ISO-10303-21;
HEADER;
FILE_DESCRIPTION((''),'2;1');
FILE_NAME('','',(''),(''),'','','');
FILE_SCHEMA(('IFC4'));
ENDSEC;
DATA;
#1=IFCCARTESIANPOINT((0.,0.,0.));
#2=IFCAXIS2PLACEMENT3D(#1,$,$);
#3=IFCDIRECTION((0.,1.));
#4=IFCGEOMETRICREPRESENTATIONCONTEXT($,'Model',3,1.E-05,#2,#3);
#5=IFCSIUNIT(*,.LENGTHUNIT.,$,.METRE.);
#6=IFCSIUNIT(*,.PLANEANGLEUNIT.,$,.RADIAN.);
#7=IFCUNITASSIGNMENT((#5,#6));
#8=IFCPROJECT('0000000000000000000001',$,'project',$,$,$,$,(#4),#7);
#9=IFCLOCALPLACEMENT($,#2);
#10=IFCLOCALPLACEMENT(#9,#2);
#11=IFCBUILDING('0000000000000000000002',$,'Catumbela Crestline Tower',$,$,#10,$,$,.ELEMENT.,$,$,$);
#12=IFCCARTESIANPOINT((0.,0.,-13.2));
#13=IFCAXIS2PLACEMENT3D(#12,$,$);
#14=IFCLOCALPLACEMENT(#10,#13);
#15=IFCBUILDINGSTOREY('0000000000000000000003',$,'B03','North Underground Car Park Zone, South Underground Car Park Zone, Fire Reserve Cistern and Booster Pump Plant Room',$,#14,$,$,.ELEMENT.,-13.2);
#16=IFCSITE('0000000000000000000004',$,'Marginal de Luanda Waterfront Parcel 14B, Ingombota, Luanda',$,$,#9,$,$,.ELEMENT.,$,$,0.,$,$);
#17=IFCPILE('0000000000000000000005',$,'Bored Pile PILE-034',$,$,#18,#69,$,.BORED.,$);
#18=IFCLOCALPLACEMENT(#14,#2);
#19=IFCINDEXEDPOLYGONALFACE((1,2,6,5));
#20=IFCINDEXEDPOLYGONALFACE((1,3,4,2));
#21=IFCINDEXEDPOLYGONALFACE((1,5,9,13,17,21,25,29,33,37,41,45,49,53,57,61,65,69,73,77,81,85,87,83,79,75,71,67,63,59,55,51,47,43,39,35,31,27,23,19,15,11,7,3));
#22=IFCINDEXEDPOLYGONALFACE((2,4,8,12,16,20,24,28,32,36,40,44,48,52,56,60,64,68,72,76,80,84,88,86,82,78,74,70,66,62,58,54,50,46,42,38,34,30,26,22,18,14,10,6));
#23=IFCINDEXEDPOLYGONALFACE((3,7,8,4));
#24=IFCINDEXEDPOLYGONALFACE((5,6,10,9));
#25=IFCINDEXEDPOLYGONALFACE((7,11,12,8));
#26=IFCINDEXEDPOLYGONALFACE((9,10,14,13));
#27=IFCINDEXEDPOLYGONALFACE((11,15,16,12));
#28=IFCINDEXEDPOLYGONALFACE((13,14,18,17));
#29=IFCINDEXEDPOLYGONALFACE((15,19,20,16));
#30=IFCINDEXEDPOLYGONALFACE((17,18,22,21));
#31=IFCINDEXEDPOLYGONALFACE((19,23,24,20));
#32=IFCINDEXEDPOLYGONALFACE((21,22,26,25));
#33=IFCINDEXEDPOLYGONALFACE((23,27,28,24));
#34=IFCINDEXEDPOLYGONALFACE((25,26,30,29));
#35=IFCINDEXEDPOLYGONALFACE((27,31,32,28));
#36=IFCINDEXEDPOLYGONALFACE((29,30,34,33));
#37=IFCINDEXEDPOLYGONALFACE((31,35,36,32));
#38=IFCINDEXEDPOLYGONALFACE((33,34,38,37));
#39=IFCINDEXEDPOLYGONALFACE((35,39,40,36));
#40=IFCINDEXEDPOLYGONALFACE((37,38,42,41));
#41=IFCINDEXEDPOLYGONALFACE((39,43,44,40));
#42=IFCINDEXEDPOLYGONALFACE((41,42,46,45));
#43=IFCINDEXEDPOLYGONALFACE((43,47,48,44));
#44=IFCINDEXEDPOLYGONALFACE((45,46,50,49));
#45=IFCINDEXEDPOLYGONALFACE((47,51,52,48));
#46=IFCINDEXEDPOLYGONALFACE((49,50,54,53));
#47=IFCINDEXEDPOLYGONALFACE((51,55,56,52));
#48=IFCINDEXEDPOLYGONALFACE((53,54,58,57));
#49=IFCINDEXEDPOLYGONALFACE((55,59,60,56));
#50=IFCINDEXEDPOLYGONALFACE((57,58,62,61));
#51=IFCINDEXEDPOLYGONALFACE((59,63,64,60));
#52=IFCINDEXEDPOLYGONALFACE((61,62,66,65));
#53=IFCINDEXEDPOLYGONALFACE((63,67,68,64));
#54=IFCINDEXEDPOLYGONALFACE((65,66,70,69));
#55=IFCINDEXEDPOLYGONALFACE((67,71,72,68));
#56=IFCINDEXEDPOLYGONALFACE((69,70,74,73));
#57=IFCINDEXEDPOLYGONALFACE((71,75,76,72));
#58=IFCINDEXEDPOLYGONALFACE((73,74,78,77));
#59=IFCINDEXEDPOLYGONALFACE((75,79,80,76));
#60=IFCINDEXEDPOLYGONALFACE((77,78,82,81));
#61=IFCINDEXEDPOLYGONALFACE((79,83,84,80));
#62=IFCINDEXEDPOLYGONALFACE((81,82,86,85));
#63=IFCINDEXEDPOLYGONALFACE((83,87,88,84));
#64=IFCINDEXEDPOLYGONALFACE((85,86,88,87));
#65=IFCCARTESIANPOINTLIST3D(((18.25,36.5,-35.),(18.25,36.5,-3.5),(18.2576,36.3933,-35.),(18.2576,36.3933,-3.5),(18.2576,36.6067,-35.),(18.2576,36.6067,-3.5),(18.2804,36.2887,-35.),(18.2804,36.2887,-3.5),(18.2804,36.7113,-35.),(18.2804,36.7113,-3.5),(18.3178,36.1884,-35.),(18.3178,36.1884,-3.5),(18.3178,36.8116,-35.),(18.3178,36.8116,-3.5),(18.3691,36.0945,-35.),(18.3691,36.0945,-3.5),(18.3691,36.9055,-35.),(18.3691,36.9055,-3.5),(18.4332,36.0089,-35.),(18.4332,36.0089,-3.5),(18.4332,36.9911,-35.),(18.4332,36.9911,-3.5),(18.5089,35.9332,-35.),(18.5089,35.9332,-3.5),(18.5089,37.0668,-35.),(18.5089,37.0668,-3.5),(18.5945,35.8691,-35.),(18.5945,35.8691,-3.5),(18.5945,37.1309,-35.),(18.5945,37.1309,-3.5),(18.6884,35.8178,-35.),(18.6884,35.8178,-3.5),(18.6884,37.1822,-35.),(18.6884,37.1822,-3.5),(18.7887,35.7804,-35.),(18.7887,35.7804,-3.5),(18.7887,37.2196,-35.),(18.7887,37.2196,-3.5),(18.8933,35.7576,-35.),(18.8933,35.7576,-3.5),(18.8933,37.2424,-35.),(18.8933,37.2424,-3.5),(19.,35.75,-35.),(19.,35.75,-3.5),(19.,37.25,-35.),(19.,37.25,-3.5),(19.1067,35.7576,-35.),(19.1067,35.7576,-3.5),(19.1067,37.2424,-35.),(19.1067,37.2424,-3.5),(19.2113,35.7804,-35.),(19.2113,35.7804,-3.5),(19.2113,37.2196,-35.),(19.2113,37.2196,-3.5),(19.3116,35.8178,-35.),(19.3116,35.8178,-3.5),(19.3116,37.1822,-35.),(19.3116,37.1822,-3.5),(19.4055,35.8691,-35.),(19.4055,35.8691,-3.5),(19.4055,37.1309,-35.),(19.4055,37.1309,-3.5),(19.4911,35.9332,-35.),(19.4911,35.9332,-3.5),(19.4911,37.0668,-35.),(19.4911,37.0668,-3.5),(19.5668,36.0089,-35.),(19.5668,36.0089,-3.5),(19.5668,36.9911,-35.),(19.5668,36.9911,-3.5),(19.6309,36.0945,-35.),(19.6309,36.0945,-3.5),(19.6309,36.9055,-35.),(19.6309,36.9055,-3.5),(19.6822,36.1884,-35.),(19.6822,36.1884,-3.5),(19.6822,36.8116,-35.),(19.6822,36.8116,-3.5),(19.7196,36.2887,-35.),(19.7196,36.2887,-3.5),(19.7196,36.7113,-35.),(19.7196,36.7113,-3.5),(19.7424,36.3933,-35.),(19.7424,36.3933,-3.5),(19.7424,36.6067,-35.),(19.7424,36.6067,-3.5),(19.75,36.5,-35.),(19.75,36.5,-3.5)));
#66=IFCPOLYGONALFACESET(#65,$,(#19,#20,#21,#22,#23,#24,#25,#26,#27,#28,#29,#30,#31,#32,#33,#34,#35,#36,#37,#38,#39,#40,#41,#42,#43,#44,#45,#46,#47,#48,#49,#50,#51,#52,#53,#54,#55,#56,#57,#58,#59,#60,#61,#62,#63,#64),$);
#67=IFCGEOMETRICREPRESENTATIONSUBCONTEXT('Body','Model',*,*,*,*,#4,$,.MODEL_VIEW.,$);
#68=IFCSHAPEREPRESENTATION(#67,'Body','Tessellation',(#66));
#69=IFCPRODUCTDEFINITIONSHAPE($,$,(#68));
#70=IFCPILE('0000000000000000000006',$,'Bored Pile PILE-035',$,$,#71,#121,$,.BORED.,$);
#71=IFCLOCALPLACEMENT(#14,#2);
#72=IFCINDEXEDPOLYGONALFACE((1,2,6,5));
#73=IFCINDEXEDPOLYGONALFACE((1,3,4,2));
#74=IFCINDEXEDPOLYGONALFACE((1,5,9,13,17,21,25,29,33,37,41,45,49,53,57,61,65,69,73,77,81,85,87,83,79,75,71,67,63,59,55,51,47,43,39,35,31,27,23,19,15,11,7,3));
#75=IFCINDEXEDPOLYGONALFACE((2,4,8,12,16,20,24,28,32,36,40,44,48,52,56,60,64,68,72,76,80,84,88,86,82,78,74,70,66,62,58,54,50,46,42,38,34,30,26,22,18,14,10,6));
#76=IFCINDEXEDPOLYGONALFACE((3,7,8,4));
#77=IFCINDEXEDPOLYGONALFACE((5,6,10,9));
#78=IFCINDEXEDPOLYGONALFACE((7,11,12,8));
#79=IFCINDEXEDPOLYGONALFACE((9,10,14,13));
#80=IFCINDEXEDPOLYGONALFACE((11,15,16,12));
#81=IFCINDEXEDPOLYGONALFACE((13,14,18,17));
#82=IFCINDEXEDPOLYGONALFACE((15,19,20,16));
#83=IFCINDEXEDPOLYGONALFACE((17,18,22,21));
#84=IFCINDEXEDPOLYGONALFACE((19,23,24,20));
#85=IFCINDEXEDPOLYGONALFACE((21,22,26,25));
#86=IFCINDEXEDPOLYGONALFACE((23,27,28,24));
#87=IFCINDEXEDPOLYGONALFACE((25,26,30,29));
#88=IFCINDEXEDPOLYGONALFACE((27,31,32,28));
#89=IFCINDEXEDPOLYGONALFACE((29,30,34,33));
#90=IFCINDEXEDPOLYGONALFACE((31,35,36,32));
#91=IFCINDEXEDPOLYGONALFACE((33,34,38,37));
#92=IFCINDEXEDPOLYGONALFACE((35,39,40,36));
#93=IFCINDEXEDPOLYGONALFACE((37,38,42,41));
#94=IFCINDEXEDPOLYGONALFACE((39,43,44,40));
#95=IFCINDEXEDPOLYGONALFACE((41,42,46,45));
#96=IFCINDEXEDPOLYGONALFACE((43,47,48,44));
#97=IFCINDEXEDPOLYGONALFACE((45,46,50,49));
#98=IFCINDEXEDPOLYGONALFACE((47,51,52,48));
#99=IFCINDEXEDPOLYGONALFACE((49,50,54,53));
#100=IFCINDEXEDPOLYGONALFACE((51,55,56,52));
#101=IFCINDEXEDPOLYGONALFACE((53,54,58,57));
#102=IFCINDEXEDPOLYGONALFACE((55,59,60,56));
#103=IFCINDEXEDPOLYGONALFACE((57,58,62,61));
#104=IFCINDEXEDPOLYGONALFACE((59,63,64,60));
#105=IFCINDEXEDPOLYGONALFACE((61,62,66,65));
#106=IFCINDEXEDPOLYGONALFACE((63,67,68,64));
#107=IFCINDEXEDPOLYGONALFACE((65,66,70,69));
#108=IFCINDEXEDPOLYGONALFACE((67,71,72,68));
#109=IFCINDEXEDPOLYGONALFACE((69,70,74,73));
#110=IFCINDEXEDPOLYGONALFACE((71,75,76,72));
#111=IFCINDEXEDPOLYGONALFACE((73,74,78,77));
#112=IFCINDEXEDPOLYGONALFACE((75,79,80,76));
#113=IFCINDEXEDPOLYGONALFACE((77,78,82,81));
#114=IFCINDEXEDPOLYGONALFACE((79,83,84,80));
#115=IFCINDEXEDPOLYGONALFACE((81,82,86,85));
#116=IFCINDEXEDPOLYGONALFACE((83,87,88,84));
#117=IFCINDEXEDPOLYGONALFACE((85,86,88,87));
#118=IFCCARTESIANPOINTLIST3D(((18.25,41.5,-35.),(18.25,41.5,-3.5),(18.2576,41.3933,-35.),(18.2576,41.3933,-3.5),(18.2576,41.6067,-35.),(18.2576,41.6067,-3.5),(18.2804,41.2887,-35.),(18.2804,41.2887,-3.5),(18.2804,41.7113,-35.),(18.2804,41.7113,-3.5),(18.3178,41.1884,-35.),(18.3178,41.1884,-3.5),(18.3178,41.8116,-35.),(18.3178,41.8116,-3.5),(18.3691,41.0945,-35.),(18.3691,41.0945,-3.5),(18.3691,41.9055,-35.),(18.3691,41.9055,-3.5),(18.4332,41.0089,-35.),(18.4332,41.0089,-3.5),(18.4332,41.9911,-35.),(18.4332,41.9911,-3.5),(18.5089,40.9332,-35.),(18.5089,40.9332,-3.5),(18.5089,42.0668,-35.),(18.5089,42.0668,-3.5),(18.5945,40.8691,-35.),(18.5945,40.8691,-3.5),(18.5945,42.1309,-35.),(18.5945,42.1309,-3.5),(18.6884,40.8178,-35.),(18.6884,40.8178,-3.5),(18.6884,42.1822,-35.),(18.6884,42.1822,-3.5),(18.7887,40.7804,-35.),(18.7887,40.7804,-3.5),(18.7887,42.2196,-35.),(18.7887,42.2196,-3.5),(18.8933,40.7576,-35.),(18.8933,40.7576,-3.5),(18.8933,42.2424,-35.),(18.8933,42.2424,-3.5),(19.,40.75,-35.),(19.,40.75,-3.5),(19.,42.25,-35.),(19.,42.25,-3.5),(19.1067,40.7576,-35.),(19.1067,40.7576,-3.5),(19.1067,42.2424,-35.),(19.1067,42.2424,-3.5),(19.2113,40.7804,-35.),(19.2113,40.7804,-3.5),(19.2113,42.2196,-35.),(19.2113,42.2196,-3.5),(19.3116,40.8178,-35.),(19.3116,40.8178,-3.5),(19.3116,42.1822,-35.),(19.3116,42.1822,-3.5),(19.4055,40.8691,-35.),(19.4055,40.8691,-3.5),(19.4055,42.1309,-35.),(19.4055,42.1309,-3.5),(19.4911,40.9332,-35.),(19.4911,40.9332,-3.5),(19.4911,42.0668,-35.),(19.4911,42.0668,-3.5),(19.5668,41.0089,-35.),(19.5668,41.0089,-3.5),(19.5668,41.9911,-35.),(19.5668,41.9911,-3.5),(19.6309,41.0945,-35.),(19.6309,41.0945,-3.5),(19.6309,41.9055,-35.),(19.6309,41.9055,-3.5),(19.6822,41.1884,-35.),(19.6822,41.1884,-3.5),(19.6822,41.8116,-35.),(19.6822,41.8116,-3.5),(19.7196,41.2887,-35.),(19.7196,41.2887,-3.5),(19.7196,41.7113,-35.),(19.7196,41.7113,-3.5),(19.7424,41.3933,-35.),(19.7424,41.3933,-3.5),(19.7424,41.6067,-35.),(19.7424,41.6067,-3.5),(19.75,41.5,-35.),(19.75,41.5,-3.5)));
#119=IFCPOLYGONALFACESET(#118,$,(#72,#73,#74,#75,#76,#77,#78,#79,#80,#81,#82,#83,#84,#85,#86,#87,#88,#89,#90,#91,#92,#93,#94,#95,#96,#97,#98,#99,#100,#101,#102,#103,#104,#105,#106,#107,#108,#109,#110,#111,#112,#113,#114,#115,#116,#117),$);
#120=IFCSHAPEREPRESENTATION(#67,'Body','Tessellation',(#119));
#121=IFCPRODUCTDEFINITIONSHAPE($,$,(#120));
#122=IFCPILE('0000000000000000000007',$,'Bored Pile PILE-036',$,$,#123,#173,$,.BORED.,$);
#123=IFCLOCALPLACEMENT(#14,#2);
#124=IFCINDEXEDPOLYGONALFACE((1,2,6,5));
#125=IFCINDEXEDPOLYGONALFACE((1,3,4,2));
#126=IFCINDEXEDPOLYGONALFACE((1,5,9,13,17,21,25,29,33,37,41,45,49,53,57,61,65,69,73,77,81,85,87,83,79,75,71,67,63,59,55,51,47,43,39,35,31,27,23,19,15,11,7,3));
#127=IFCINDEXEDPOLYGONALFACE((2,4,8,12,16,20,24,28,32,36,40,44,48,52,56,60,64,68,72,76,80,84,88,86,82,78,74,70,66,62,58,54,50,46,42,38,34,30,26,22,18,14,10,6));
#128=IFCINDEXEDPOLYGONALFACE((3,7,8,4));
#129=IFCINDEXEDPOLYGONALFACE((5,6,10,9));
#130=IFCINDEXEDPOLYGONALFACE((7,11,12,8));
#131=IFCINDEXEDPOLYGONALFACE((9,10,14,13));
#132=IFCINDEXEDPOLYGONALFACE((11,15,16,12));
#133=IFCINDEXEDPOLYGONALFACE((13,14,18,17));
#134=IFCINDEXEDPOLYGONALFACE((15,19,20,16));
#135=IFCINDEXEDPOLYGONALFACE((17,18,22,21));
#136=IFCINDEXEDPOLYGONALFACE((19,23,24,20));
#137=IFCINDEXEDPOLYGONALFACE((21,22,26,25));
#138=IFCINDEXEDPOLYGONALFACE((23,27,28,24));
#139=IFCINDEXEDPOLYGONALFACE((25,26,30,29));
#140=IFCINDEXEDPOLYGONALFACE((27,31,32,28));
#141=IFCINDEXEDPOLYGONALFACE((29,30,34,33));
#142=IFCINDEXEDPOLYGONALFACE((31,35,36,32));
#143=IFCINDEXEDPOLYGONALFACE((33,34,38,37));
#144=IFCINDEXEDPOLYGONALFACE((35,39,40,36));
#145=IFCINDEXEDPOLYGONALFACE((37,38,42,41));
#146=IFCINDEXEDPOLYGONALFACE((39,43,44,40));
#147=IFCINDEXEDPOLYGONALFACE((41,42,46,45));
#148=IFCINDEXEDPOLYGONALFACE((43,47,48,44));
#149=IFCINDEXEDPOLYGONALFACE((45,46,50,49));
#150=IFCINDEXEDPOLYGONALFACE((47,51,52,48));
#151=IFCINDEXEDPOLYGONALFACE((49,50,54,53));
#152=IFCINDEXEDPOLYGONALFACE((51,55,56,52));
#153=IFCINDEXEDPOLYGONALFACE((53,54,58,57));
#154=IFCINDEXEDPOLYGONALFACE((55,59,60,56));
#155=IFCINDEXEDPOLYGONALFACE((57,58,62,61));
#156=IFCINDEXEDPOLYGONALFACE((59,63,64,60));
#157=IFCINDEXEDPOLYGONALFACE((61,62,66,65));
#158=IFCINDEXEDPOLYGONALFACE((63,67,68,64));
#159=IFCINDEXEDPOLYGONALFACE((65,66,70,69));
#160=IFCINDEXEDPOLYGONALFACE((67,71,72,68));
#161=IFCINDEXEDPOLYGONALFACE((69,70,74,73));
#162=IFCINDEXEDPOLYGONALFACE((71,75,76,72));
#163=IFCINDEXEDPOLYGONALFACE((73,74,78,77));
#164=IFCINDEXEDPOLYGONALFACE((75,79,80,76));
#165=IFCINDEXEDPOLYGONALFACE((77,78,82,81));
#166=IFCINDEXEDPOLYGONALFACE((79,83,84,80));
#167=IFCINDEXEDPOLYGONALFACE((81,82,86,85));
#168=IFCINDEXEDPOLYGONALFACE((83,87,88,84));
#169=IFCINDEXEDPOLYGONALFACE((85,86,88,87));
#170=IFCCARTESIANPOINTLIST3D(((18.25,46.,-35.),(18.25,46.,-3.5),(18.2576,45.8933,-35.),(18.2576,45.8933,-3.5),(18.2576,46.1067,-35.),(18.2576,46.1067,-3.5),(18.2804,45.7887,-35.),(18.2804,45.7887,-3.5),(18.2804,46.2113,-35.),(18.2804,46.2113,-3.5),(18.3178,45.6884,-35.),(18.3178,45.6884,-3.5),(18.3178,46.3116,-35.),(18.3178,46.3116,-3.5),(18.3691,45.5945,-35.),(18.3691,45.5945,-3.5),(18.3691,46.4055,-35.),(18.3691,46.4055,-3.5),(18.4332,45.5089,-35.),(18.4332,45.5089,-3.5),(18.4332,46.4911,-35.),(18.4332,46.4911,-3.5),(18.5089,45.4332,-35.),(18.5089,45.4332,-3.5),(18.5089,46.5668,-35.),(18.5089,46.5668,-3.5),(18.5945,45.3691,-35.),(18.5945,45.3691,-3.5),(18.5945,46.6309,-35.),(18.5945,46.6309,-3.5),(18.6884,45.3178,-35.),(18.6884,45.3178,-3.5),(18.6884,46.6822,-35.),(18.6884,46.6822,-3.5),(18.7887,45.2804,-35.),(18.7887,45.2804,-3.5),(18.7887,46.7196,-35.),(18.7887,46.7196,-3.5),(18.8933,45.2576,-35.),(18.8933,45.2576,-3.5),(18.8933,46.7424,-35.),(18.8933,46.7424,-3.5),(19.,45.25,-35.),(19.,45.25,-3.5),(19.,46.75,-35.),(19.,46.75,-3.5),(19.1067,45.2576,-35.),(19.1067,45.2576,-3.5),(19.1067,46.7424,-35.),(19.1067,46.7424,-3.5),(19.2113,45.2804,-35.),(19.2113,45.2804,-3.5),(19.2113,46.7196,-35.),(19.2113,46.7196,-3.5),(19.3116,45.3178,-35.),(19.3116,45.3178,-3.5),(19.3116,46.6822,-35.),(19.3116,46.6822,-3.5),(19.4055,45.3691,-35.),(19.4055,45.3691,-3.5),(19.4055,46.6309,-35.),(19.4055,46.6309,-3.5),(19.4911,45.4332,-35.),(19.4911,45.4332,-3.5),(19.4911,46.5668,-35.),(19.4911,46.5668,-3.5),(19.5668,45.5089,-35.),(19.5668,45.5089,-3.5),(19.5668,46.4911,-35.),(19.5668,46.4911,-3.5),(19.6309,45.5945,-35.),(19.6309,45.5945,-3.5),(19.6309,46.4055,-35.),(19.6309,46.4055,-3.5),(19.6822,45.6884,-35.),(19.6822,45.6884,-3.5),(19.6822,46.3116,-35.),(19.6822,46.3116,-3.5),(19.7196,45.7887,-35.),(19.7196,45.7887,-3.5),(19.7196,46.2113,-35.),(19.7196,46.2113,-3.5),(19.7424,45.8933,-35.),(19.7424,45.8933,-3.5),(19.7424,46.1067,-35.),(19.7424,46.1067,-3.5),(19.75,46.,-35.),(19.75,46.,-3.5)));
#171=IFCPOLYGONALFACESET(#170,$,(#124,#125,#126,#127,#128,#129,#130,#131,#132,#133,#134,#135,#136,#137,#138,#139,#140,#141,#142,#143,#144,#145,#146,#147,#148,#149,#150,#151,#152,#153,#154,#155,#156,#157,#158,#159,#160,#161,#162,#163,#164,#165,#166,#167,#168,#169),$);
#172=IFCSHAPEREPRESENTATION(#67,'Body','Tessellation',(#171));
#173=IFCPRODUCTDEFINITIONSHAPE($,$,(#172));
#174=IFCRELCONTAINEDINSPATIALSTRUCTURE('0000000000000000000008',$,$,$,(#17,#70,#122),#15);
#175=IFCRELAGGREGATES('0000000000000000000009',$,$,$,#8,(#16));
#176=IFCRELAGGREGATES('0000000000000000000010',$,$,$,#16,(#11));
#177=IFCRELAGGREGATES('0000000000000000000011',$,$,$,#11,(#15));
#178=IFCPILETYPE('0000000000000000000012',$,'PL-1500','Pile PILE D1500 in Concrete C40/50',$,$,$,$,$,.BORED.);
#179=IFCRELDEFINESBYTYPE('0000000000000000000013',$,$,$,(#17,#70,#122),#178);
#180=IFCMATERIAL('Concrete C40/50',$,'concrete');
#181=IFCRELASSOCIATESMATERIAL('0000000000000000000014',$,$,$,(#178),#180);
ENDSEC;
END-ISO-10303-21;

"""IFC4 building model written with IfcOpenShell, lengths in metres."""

from ifc_helpers import new_model, si_unit, direction, frame, origin, origin_2d, place, context, subcontext, project, spatial, circle, extrude, material, material_profile, profile_set, type_object, element, save


model = new_model("IFC4")

# Units and contexts
model_context = context("Model", 3, precision=1e-05, world=origin(), true_north=direction((0.0, 1.0)))
body_context = subcontext(model_context, "Body", "Model", "MODEL_VIEW")
ifc_project = project(units=[si_unit("LENGTHUNIT", "METRE"), si_unit("PLANEANGLEUNIT", "RADIAN")], contexts=[model_context])

# Site, building, storey
site_placement = place(None, origin())
site = spatial("IfcSite", under=ifc_project, at=site_placement, Name="Marginal de Luanda Waterfront Parcel 14B, Ingombota, Luanda", CompositionType="ELEMENT", RefElevation=0.0)
building_placement = place(site_placement, origin())
building = spatial("IfcBuilding", under=site, at=building_placement, Name="Catumbela Crestline Tower", CompositionType="ELEMENT")
storey_placement = place(building_placement, frame((0.0, 0.0, -13.2)))
storey = spatial("IfcBuildingStorey", under=building, at=storey_placement, Name="B03", Description="North Underground Car Park Zone, South Underground Car Park Zone, Fire Reserve Cistern and Booster Pump Plant Room", CompositionType="ELEMENT", Elevation=-13.2)

# Piles
ifc_material_1 = material(Name="Concrete C40/50", Category="concrete")
ifc_material_profile = material_profile(ifc_material_1, circle(Radius=0.75, at=origin_2d()), Name="PILE D1500")
ifc_profile_set = profile_set([ifc_material_profile], Name="Concrete C40/50")
pile_type = type_object("IfcPileType", Name="PL-1500", Description="Pile PILE D1500 in Concrete C40/50", PredefinedType="BORED", material=ifc_profile_set)
for number, where, z_axis, x_axis, name in (
    (1, (19.0, 36.5, -3.5), (0.0, 0.0, -1.0), (1.0, 0.0, 0.0), "Bored Pile PILE-034"),
    (2, (19.0, 41.5, -3.5), (0.0, 0.0, -1.0), (1.0, 0.0, 0.0), "Bored Pile PILE-035"),
    (3, (19.0, 46.0, -3.5), (0.0, 0.0, -1.0), (1.0, 0.0, 0.0), "Bored Pile PILE-036"),
):
    element("IfcPile", number, at=place(storey_placement, frame(where, z_axis=z_axis, x_axis=x_axis)), inside=storey, type_object=pile_type, Name=name, PredefinedType="BORED", context=body_context, shape_type="SweptSolid", body=[
        extrude(circle(Radius=0.75, at=origin_2d()), origin(), (0.0, 0.0, 1.0), 31.5),
    ])

save(model, "model.ifc")
